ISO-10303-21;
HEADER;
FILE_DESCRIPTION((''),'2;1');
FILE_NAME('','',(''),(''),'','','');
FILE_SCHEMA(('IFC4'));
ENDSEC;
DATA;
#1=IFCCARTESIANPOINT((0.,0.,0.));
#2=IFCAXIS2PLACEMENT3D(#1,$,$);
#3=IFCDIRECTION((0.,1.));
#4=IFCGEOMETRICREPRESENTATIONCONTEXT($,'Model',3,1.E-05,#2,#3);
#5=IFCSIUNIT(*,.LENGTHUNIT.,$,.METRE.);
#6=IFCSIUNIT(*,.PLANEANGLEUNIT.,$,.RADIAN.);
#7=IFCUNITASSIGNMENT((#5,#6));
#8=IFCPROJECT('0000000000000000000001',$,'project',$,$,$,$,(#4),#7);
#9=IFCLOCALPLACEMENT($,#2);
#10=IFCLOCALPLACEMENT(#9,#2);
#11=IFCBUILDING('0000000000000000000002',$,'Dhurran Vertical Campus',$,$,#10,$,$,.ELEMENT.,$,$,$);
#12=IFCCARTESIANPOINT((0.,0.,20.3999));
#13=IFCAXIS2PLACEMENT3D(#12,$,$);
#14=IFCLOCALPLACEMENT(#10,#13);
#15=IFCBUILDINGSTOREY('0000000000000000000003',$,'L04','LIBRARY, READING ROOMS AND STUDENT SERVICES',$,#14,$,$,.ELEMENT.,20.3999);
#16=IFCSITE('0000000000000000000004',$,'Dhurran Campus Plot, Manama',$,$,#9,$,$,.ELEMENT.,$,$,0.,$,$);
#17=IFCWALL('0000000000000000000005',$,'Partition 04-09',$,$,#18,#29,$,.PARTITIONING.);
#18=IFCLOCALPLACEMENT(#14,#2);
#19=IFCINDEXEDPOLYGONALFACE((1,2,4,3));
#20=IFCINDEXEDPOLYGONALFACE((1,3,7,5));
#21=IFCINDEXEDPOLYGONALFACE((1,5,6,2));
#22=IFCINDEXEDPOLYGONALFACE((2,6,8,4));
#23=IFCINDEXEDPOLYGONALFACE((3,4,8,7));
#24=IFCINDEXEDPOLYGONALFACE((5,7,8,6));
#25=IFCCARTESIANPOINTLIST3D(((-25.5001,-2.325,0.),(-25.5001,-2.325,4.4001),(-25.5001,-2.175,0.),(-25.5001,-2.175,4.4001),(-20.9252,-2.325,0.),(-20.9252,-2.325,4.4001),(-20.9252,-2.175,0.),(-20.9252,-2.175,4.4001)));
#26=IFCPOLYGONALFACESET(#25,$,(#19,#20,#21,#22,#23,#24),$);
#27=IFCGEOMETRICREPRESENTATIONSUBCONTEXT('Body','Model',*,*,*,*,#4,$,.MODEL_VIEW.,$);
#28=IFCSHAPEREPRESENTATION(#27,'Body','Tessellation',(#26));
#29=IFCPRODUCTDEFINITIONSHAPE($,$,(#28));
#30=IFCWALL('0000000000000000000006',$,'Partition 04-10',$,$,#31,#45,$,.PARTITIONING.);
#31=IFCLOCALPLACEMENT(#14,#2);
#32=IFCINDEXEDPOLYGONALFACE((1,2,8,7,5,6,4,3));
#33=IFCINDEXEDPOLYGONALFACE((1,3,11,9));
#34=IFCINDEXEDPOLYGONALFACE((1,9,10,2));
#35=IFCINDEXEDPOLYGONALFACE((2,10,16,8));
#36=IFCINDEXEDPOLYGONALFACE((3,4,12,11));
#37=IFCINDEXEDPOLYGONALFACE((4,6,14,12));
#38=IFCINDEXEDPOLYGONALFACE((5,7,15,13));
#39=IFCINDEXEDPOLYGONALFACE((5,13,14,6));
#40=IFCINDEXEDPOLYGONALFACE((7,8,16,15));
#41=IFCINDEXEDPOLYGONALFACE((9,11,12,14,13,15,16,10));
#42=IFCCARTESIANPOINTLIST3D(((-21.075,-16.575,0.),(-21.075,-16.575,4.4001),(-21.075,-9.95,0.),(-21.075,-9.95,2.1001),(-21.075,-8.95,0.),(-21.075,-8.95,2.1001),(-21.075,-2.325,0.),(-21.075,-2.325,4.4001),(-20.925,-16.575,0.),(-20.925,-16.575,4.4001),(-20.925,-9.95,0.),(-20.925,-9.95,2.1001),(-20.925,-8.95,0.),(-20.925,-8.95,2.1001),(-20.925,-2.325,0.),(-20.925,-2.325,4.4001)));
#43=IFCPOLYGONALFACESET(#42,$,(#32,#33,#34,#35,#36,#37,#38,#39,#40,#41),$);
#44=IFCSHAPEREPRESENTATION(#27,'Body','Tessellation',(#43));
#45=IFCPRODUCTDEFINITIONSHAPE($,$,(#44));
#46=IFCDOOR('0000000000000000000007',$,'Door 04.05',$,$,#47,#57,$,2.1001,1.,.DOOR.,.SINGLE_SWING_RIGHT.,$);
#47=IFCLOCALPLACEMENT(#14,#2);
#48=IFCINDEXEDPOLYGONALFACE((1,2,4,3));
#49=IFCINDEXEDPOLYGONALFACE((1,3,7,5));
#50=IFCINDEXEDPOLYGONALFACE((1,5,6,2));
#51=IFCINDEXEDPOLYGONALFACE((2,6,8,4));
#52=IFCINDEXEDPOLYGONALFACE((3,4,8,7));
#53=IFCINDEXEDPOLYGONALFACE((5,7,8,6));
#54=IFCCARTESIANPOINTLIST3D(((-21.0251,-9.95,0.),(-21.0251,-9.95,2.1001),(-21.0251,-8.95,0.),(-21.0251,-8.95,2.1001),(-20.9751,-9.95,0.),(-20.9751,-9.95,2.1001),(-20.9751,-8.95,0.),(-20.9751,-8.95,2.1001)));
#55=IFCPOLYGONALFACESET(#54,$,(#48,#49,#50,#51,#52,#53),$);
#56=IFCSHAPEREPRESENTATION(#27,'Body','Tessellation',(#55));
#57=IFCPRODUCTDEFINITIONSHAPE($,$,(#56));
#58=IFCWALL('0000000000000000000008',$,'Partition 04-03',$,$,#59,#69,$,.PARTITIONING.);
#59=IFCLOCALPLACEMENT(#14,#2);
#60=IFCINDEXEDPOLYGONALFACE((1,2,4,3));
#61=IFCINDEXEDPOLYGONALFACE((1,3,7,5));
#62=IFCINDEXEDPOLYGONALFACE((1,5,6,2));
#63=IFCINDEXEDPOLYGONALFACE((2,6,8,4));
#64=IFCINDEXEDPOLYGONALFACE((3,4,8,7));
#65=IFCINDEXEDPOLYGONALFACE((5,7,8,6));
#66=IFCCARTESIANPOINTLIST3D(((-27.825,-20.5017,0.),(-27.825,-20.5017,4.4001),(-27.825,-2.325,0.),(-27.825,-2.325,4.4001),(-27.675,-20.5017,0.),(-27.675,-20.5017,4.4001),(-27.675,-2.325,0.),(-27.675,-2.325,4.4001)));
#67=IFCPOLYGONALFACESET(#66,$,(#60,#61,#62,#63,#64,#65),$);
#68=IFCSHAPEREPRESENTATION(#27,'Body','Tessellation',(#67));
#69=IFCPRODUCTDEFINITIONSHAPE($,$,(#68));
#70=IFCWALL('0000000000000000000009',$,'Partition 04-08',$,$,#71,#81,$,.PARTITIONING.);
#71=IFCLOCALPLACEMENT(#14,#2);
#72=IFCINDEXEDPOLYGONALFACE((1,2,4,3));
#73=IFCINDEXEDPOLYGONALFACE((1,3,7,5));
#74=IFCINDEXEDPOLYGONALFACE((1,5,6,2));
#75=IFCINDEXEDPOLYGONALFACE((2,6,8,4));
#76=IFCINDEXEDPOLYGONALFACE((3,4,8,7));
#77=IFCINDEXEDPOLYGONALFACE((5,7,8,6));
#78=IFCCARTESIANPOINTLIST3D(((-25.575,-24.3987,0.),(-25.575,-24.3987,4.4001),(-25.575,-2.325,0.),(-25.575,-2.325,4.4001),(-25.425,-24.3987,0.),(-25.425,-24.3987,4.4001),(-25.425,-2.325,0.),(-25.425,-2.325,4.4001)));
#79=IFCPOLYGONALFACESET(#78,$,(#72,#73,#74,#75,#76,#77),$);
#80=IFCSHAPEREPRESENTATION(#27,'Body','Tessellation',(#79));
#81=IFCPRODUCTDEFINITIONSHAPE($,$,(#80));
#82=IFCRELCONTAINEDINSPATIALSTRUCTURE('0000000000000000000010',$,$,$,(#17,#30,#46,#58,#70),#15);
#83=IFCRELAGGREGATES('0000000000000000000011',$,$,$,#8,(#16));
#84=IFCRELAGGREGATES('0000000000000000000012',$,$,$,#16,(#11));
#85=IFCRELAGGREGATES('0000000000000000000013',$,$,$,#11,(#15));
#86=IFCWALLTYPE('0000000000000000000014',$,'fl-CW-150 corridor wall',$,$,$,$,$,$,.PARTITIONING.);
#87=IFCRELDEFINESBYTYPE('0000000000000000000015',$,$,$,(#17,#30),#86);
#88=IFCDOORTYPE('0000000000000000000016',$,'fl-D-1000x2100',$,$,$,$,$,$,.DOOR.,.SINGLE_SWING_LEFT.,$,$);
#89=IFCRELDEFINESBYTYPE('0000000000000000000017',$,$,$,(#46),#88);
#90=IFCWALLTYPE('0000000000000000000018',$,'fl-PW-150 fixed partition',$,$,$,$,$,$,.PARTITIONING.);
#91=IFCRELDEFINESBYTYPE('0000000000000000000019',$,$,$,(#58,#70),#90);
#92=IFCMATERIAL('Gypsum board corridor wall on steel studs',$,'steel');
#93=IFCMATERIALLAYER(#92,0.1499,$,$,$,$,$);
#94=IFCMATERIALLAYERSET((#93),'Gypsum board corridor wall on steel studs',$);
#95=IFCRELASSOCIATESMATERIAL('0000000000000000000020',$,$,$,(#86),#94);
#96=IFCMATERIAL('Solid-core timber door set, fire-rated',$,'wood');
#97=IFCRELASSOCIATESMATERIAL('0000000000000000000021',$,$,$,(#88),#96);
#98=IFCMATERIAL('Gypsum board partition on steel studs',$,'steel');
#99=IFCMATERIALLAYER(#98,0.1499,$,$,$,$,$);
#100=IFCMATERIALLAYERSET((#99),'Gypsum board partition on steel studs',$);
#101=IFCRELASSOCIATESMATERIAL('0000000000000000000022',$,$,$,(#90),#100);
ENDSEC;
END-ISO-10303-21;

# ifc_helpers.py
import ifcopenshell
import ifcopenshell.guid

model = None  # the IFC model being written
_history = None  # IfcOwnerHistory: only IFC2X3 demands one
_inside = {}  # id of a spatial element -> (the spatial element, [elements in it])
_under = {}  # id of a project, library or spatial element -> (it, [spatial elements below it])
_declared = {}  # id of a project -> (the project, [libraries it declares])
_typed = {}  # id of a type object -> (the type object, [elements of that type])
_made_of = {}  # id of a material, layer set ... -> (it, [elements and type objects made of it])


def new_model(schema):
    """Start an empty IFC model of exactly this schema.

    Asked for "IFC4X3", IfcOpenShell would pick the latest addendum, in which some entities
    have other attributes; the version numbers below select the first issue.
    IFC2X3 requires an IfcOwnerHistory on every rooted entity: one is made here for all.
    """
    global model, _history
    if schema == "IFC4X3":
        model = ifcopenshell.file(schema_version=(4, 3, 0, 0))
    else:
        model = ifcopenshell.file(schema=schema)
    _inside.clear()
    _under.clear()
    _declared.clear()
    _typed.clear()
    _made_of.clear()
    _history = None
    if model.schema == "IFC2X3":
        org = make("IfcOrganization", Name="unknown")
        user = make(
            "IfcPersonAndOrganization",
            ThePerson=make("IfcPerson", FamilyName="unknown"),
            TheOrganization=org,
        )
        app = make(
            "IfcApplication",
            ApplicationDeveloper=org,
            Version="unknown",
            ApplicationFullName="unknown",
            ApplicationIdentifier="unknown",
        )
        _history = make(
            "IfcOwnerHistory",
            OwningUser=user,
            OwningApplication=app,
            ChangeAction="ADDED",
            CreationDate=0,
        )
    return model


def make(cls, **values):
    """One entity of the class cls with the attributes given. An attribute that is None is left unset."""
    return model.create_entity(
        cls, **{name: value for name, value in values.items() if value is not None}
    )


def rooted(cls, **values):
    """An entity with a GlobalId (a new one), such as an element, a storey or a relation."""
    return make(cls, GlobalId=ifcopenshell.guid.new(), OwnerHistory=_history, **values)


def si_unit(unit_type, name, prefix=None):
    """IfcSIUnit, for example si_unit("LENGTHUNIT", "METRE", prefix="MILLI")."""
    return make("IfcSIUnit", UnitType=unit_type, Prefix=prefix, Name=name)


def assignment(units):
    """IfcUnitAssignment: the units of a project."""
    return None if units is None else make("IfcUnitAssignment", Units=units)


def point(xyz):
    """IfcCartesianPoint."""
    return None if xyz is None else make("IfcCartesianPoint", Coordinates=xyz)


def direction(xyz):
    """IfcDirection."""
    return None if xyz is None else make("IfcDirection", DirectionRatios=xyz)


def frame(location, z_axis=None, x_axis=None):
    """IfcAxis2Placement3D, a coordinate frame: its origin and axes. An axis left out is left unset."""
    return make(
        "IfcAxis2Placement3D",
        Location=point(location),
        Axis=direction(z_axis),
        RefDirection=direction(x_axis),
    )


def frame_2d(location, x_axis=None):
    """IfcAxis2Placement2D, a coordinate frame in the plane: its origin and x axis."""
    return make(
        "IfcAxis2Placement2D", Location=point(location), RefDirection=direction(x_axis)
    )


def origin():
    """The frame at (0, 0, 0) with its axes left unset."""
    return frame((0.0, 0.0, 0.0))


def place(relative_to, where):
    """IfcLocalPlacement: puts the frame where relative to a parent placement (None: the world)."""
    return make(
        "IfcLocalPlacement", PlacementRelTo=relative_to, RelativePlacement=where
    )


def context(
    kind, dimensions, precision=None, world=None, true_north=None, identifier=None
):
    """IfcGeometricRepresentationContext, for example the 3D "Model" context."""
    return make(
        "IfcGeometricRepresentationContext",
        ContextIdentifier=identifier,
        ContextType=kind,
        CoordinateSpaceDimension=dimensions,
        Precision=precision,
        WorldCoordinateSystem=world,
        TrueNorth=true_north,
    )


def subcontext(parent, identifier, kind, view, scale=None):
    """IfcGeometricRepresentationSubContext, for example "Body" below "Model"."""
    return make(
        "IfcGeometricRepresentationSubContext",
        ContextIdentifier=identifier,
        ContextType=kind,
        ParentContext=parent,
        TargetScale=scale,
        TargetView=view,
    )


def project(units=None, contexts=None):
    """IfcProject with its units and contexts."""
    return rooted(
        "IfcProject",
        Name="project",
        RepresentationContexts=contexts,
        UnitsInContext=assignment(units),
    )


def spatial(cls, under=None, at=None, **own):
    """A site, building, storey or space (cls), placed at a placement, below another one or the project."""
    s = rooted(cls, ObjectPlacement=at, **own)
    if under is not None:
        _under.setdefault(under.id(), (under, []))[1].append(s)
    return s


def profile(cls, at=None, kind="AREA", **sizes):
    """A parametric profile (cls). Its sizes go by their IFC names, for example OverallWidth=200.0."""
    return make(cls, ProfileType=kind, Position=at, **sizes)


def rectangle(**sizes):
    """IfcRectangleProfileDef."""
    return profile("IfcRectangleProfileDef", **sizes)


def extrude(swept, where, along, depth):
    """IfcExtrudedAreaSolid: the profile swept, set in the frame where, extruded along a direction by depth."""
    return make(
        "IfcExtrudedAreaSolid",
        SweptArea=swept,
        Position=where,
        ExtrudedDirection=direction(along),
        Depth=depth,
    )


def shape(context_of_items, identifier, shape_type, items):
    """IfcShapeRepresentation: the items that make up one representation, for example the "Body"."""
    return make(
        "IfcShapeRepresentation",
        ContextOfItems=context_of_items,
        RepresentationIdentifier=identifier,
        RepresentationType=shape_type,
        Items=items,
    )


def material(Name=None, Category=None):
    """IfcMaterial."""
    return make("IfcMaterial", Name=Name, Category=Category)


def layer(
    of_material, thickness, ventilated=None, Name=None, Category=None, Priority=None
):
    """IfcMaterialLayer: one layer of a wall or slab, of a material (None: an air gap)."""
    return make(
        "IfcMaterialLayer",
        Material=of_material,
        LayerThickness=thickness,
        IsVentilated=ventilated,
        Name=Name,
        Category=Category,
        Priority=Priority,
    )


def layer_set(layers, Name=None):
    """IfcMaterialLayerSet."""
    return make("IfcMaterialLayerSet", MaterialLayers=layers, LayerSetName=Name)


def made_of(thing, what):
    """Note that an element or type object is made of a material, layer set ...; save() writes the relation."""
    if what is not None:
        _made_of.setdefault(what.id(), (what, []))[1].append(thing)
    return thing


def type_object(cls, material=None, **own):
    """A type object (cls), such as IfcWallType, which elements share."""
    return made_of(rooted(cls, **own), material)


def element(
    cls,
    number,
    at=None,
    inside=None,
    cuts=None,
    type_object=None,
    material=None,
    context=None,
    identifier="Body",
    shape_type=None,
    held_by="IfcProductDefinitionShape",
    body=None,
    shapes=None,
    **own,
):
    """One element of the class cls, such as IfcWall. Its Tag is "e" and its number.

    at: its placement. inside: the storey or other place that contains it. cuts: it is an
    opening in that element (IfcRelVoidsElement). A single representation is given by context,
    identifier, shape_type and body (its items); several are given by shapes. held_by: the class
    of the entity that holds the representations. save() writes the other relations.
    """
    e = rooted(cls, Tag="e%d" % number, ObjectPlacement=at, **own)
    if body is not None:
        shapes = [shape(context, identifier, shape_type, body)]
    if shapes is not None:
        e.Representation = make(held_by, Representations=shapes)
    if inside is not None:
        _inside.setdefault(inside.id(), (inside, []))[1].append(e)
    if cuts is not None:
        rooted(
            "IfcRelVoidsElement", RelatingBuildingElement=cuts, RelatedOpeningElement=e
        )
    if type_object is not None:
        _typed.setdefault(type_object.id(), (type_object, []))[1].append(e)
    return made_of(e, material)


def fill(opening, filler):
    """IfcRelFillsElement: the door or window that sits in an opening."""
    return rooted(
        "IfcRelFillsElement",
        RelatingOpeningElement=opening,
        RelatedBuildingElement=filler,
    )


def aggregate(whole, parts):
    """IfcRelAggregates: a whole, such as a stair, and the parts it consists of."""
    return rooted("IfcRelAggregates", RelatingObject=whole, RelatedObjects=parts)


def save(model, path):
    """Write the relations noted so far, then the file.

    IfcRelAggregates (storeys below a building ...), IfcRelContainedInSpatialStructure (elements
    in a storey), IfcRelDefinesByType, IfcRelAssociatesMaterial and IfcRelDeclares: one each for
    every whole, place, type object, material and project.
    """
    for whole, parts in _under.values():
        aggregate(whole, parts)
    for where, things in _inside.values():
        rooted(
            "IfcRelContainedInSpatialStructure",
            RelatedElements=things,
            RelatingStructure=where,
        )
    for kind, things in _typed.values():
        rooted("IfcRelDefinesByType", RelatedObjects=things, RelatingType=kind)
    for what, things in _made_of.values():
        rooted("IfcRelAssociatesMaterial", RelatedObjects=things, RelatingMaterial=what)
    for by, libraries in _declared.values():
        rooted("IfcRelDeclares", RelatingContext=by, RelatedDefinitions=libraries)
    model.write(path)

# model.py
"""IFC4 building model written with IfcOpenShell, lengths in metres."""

from ifc_helpers import new_model, si_unit, direction, frame, frame_2d, origin, place, context, subcontext, project, spatial, rectangle, extrude, material, layer, layer_set, type_object, element, fill, save


model = new_model("IFC4")

# Units and contexts
model_context = context("Model", 3, precision=1e-05, world=origin(), true_north=direction((0.0, 1.0)))
body_context = subcontext(model_context, "Body", "Model", "MODEL_VIEW")
ifc_project = project(units=[si_unit("LENGTHUNIT", "METRE"), si_unit("PLANEANGLEUNIT", "RADIAN")], contexts=[model_context])

# Site, building, storey
site_placement = place(None, origin())
site = spatial("IfcSite", under=ifc_project, at=site_placement, Name="Dhurran Campus Plot, Manama", CompositionType="ELEMENT", RefElevation=0.0)
building_placement = place(site_placement, origin())
building = spatial("IfcBuilding", under=site, at=building_placement, Name="Dhurran Vertical Campus", CompositionType="ELEMENT")
storey_placement = place(building_placement, frame((0.0, 0.0, 20.3999)))
storey = spatial("IfcBuildingStorey", under=building, at=storey_placement, Name="L04", Description="LIBRARY, READING ROOMS AND STUDENT SERVICES", CompositionType="ELEMENT", Elevation=20.3999)

# Shared definitions
ifc_material_1 = material(Name="Gypsum board corridor wall on steel studs", Category="steel")
ifc_layer_1 = layer(ifc_material_1, 0.1499)
ifc_layer_set_1 = layer_set([ifc_layer_1], Name="Gypsum board corridor wall on steel studs")
wall_type_1 = type_object("IfcWallType", Name="fl-CW-150 corridor wall", PredefinedType="PARTITIONING", material=ifc_layer_set_1)
ifc_material_2 = material(Name="Solid-core timber door set, fire-rated", Category="wood")
door_type_1 = type_object("IfcDoorType", Name="fl-D-1000x2100", OperationType="SINGLE_SWING_LEFT", PredefinedType="DOOR", material=ifc_material_2)

# Wall
wall_1_placement = place(storey_placement, frame((-20.925, -2.25, 0.0), z_axis=(0.0, 0.0, 1.0), x_axis=(-1.0, 0.0, 0.0)))
element("IfcWall", 1, at=wall_1_placement, inside=storey, type_object=wall_type_1, Name="Partition 04-09", PredefinedType="PARTITIONING", context=body_context, shape_type="SweptSolid", body=[
    extrude(rectangle(XDim=4.575, YDim=0.1499, at=frame_2d((2.2876, 0.0))), origin(), (0.0, 0.0, 1.0), 4.4001),
])

# Wall, opening, door
wall_2_placement = place(storey_placement, frame((-21.0, -2.325, 0.0), z_axis=(0.0, 0.0, 1.0), x_axis=(0.0, -1.0, 0.0)))
wall_2 = element("IfcWall", 2, at=wall_2_placement, inside=storey, type_object=wall_type_1, Name="Partition 04-10", PredefinedType="PARTITIONING", context=body_context, shape_type="SweptSolid", body=[
    extrude(rectangle(XDim=14.25, YDim=0.1499, at=frame_2d((7.125, 0.0))), origin(), (0.0, 0.0, 1.0), 4.4001),
])
opening_1_placement = place(wall_2_placement, frame((6.625, 0.0, 0.0)))
opening_1 = element("IfcOpeningElement", 3, at=opening_1_placement, cuts=wall_2, PredefinedType="OPENING", context=body_context, shape_type="SweptSolid", body=[
    extrude(rectangle(XDim=1.0, YDim=2.1001, at=frame_2d((0.5, 1.05))), frame((0.0, 0.085, 0.0), z_axis=(0.0, -1.0, 0.0), x_axis=(1.0, 0.0, 0.0)), (0.0, 0.0, 1.0), 0.1699),
])
door_1_placement = place(opening_1_placement, origin())
door_1 = element("IfcDoor", 4, at=door_1_placement, inside=storey, type_object=door_type_1, Name="Door 04.05", OperationType="SINGLE_SWING_RIGHT", OverallHeight=2.1001, OverallWidth=1.0, PredefinedType="DOOR", context=body_context, shape_type="SweptSolid", body=[
    extrude(rectangle(XDim=1.0, YDim=2.1001, at=frame_2d((0.5, 1.05))), frame((0.0, 0.0249, 0.0), z_axis=(0.0, -1.0, 0.0), x_axis=(1.0, 0.0, 0.0)), (0.0, 0.0, 1.0), 0.05),
])
fill(opening_1, door_1)

# Walls
ifc_material_3 = material(Name="Gypsum board partition on steel studs", Category="steel")
ifc_layer_2 = layer(ifc_material_3, 0.1499)
ifc_layer_set_2 = layer_set([ifc_layer_2], Name="Gypsum board partition on steel studs")
wall_type_2 = type_object("IfcWallType", Name="fl-PW-150 fixed partition", PredefinedType="PARTITIONING", material=ifc_layer_set_2)
wall_3_placement = place(storey_placement, frame((-27.75, -2.325, 0.0), z_axis=(0.0, 0.0, 1.0), x_axis=(0.0, -1.0, 0.0)))
element("IfcWall", 5, at=wall_3_placement, inside=storey, type_object=wall_type_2, Name="Partition 04-03", PredefinedType="PARTITIONING", context=body_context, shape_type="SweptSolid", body=[
    extrude(rectangle(XDim=18.1768, YDim=0.1499, at=frame_2d((9.0884, 0.0))), origin(), (0.0, 0.0, 1.0), 4.4001),
])
wall_4_placement = place(storey_placement, frame((-25.5, -2.325, 0.0), z_axis=(0.0, 0.0, 1.0), x_axis=(0.0, -1.0, 0.0)))
element("IfcWall", 6, at=wall_4_placement, inside=storey, type_object=wall_type_2, Name="Partition 04-08", PredefinedType="PARTITIONING", context=body_context, shape_type="SweptSolid", body=[
    extrude(rectangle(XDim=22.0737, YDim=0.1499, at=frame_2d((11.0369, 0.0))), origin(), (0.0, 0.0, 1.0), 4.4001),
])

save(model, "model.ifc")
